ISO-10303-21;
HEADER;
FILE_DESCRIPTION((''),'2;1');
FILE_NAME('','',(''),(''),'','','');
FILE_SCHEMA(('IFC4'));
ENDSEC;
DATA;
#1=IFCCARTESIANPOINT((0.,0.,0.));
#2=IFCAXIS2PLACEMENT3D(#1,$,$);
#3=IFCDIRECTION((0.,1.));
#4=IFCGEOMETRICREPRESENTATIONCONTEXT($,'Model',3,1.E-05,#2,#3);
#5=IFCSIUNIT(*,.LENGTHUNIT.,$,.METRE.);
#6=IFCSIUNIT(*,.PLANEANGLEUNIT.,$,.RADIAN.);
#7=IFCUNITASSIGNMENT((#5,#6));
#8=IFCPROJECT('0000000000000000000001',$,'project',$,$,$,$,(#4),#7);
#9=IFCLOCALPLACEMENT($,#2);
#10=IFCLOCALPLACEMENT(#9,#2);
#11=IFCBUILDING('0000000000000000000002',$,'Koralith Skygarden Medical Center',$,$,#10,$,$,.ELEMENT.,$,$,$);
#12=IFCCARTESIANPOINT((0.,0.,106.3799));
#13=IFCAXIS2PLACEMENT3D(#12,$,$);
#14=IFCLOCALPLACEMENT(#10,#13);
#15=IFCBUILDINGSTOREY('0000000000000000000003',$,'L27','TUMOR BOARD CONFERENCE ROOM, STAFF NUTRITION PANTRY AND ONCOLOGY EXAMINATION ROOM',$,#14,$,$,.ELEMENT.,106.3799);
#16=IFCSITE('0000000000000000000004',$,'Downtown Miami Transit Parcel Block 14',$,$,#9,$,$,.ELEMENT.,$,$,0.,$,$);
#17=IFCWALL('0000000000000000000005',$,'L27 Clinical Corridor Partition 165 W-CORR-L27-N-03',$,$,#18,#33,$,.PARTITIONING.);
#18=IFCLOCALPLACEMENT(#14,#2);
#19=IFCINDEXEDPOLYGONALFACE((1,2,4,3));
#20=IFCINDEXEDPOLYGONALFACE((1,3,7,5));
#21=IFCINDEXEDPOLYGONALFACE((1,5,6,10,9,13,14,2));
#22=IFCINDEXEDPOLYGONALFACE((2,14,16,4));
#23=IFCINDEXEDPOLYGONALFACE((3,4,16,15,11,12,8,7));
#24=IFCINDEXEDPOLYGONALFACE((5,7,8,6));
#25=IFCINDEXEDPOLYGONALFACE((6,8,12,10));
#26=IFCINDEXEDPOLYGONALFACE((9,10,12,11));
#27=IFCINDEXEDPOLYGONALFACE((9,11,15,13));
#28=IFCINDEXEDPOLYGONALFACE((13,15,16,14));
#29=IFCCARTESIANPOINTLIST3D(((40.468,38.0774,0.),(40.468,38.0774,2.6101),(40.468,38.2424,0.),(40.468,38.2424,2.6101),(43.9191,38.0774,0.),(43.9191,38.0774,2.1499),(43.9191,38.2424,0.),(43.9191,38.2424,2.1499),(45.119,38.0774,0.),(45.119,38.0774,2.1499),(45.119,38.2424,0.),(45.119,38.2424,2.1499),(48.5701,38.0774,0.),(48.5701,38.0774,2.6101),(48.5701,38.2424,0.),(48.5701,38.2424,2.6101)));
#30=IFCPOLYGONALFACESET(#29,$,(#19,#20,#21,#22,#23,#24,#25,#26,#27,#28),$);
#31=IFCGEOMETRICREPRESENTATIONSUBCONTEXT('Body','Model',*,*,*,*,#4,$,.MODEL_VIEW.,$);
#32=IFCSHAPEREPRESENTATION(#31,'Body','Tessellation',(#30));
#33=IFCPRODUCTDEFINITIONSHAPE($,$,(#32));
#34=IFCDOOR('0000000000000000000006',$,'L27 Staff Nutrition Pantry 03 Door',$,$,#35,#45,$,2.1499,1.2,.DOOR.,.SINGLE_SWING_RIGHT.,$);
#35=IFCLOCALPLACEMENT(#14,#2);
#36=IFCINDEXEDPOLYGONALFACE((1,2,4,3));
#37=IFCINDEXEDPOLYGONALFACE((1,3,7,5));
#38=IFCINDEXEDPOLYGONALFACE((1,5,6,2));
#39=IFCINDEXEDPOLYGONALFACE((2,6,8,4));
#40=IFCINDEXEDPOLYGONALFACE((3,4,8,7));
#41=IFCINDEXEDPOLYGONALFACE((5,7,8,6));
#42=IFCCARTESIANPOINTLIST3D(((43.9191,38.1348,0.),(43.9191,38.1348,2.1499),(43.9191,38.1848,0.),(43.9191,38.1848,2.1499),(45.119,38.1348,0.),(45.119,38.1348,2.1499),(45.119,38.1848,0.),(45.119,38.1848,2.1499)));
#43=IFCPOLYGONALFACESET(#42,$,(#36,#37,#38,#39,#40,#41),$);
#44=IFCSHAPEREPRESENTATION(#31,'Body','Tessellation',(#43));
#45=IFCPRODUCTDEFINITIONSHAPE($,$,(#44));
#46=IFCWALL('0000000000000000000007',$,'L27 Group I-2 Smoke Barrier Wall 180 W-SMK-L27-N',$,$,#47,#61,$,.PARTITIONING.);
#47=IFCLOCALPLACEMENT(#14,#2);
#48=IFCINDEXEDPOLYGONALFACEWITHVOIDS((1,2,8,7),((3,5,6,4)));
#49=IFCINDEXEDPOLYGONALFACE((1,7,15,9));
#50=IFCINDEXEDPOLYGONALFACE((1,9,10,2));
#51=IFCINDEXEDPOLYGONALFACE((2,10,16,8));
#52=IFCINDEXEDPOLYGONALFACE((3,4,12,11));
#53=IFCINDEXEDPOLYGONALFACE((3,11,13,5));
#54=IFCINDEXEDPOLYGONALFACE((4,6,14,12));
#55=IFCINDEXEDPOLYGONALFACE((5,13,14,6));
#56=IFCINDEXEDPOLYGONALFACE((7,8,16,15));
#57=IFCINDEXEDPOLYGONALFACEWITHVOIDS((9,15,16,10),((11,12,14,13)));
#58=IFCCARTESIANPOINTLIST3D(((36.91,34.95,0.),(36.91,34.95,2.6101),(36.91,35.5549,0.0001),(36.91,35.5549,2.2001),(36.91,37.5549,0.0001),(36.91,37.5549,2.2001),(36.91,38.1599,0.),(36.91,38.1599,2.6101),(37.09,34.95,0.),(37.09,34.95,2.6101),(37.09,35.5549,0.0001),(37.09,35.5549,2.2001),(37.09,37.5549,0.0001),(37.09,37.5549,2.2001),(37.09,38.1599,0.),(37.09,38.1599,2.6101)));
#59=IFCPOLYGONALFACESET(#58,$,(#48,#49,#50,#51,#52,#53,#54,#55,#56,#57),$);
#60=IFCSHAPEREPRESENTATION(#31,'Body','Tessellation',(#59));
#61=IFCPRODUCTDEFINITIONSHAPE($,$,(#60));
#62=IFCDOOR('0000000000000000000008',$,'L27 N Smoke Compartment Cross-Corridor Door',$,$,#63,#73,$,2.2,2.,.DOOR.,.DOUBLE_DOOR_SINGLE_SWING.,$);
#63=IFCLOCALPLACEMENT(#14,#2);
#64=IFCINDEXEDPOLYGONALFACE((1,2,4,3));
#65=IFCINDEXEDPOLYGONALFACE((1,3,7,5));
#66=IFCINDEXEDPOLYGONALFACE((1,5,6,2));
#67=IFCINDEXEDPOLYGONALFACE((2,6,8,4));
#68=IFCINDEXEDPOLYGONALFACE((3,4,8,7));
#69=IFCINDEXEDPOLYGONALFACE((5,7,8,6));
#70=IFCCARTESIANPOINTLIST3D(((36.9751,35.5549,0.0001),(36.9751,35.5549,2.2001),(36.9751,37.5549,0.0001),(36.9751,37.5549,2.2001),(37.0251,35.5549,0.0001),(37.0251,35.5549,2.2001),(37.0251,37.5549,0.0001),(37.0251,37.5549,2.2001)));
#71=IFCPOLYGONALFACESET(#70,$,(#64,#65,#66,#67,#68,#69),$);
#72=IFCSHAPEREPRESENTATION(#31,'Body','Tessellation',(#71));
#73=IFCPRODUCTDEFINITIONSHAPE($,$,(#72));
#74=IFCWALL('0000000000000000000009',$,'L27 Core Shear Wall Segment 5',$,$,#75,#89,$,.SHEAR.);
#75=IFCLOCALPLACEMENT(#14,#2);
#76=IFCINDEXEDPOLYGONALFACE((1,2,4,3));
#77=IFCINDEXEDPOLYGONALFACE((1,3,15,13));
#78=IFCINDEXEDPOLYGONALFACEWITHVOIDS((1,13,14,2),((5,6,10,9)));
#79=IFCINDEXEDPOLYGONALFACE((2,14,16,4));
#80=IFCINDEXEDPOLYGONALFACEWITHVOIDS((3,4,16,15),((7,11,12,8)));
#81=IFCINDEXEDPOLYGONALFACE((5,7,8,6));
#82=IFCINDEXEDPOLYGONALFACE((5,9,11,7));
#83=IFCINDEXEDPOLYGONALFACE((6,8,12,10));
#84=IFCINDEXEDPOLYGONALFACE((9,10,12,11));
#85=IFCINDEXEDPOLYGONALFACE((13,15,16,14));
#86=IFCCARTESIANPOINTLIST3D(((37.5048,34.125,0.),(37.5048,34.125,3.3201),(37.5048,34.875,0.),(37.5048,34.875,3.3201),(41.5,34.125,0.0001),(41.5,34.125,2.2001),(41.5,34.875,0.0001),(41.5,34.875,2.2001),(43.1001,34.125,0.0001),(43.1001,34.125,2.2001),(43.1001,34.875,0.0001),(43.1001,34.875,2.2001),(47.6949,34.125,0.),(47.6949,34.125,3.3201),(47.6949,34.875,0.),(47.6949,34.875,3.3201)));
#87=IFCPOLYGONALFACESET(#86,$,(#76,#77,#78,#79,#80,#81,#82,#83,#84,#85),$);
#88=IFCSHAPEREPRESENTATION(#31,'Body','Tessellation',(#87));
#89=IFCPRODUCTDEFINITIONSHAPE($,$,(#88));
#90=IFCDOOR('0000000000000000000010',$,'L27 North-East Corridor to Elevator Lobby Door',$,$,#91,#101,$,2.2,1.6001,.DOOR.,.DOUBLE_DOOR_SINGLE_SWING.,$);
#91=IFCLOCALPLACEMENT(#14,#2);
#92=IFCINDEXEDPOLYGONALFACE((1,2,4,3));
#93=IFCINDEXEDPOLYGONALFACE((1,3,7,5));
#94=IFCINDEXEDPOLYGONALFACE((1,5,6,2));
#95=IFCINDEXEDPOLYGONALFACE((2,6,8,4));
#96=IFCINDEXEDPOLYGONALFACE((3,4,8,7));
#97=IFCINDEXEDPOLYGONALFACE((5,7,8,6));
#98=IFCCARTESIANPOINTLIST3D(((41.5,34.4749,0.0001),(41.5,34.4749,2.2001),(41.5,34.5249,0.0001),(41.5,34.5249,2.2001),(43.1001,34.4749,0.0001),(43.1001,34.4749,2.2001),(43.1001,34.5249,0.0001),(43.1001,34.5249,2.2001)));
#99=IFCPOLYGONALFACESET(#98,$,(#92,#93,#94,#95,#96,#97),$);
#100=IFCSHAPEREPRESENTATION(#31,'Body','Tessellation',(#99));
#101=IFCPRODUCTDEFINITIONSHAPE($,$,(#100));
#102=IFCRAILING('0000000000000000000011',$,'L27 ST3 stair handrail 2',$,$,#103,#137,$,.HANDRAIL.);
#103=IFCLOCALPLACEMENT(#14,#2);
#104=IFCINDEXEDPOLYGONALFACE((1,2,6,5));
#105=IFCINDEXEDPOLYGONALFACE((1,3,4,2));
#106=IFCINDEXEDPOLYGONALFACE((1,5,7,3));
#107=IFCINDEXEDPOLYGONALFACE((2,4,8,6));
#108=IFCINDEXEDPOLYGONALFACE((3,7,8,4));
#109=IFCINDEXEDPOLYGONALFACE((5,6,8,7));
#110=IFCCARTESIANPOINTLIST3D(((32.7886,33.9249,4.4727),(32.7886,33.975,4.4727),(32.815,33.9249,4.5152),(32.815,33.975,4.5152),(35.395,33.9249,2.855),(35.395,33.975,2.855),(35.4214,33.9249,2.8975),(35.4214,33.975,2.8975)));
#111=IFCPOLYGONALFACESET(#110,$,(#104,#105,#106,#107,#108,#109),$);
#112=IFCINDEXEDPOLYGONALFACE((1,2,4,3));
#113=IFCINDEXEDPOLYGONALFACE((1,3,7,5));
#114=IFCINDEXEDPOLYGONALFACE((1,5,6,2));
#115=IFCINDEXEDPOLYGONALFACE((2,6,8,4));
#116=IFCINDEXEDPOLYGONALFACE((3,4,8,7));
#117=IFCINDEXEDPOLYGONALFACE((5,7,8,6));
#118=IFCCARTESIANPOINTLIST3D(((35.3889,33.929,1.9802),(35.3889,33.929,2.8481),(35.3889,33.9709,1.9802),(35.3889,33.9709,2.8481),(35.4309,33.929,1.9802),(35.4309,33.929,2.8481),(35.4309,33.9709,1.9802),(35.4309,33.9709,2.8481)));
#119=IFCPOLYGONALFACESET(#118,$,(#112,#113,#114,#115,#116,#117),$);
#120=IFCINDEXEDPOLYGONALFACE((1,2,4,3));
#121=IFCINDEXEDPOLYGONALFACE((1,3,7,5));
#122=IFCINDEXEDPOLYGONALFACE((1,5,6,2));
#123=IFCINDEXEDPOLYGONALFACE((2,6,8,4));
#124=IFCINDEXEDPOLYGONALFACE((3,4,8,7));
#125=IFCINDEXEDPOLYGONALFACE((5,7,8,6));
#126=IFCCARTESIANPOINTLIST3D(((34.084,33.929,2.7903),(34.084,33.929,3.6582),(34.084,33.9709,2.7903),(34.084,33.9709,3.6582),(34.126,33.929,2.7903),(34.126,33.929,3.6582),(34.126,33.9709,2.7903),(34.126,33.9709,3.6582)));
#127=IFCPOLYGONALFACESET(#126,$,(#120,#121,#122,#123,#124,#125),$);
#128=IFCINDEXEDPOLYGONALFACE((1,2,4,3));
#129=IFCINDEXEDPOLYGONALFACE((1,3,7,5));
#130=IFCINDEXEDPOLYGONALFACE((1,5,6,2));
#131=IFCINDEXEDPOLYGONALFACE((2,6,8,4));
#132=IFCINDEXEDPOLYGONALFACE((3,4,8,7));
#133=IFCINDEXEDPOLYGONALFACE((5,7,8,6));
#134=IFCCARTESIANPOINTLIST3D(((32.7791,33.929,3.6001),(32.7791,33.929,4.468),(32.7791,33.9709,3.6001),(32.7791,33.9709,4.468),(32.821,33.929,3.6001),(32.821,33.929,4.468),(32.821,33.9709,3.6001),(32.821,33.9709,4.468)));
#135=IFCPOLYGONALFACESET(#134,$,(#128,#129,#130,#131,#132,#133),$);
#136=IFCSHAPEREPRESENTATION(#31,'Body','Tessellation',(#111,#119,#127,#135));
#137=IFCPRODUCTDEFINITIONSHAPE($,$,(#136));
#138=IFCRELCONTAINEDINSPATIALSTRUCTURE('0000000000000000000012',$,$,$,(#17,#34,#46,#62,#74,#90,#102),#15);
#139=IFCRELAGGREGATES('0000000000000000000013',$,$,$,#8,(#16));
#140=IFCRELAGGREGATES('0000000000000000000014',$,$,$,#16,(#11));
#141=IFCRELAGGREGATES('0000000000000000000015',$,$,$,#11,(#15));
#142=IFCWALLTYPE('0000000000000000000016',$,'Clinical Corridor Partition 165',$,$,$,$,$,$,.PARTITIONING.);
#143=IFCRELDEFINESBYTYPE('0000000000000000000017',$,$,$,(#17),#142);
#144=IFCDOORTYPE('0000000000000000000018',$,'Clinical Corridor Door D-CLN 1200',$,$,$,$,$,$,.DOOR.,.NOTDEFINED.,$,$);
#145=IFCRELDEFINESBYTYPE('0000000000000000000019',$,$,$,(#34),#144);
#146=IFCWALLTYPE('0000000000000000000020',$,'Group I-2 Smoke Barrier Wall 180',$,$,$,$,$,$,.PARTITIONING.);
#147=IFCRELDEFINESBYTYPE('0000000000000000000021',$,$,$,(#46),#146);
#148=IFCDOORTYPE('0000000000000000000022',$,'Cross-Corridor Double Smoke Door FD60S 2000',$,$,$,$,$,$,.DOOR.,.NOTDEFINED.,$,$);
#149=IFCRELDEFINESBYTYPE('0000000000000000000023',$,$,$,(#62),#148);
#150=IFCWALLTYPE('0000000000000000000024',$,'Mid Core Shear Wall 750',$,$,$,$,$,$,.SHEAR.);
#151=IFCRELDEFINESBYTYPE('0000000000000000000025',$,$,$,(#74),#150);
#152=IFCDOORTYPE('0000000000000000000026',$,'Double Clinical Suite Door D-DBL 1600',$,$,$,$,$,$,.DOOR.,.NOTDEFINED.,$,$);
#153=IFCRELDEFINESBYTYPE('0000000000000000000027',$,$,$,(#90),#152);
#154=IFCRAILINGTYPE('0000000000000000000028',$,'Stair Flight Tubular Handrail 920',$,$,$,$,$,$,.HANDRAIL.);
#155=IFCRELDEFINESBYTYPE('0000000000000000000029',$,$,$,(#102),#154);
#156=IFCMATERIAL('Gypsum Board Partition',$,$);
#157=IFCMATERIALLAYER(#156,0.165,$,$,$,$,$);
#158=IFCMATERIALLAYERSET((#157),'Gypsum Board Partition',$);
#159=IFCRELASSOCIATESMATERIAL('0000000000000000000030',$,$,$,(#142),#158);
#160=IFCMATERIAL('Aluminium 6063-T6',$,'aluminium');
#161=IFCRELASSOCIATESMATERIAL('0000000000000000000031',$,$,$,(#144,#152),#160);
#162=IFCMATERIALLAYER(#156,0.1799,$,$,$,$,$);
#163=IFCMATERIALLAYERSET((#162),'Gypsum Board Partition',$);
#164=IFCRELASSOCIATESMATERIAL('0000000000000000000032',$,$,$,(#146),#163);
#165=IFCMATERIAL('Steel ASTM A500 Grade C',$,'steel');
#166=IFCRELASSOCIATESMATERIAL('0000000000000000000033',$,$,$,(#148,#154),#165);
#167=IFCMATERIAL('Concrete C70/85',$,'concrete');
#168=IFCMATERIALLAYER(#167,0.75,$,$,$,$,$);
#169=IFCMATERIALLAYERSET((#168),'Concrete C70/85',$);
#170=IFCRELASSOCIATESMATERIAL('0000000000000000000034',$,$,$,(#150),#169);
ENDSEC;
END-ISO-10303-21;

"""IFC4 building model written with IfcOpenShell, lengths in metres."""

from ifc_helpers import new_model, si_unit, direction, frame, frame_2d, origin, origin_2d, place, context, subcontext, project, spatial, rectangle, extrude, material, layer, layer_set, type_object, element, fill, save


model = new_model("IFC4")

# Units and contexts
model_context = context("Model", 3, precision=1e-05, world=origin(), true_north=direction((0.0, 1.0)))
body_context = subcontext(model_context, "Body", "Model", "MODEL_VIEW")
ifc_project = project(units=[si_unit("LENGTHUNIT", "METRE"), si_unit("PLANEANGLEUNIT", "RADIAN")], contexts=[model_context])

# Site, building, storey
site_placement = place(None, origin())
site = spatial("IfcSite", under=ifc_project, at=site_placement, Name="Downtown Miami Transit Parcel Block 14", CompositionType="ELEMENT", RefElevation=0.0)
building_placement = place(site_placement, origin())
building = spatial("IfcBuilding", under=site, at=building_placement, Name="Koralith Skygarden Medical Center", CompositionType="ELEMENT")
storey_placement = place(building_placement, frame((0.0, 0.0, 106.3799)))
storey = spatial("IfcBuildingStorey", under=building, at=storey_placement, Name="L27", Description="TUMOR BOARD CONFERENCE ROOM, STAFF NUTRITION PANTRY AND ONCOLOGY EXAMINATION ROOM", CompositionType="ELEMENT", Elevation=106.3799)

# Shared definitions
ifc_material_1 = material(Name="Concrete C70/85", Category="concrete")

# Shared definitions
ifc_material_2 = material(Name="Aluminium 6063-T6", Category="aluminium")

# Shared definitions
ifc_material_3 = material(Name="Gypsum Board Partition")
ifc_layer_1 = layer(ifc_material_3, 0.165)
ifc_layer_set_1 = layer_set([ifc_layer_1], Name="Gypsum Board Partition")
wall_type_1 = type_object("IfcWallType", Name="Clinical Corridor Partition 165", PredefinedType="PARTITIONING", material=ifc_layer_set_1)

# Walls, openings, doors
wall_1_placement = place(storey_placement, frame((40.468, 38.1599, 0.0), z_axis=(0.0, 0.0, 1.0), x_axis=(1.0, 0.0, 0.0)))
wall_1 = element("IfcWall", 1, at=wall_1_placement, inside=storey, type_object=wall_type_1, Name="L27 Clinical Corridor Partition 165 W-CORR-L27-N-03", PredefinedType="PARTITIONING", context=body_context, shape_type="SweptSolid", body=[
    extrude(rectangle(XDim=8.1021, YDim=0.165, at=frame_2d((4.051, 0.0))), origin(), (0.0, 0.0, 1.0), 2.6101),
])
opening_1_placement = place(wall_1_placement, frame((3.4509, 0.0, 0.0)))
opening_1 = element("IfcOpeningElement", 2, at=opening_1_placement, cuts=wall_1, PredefinedType="OPENING", context=body_context, shape_type="SweptSolid", body=[
    extrude(rectangle(XDim=1.2, YDim=2.1499, at=frame_2d((0.6001, 1.075))), frame((0.0, 0.0925, 0.0), z_axis=(0.0, -1.0, 0.0), x_axis=(1.0, 0.0, 0.0)), (0.0, 0.0, 1.0), 0.1851),
])
door_type_1 = type_object("IfcDoorType", Name="Clinical Corridor Door D-CLN 1200", OperationType="NOTDEFINED", PredefinedType="DOOR", material=ifc_material_2)
door_1_placement = place(opening_1_placement, origin())
door_1 = element("IfcDoor", 3, at=door_1_placement, inside=storey, type_object=door_type_1, Name="L27 Staff Nutrition Pantry 03 Door", OperationType="SINGLE_SWING_RIGHT", OverallHeight=2.1499, OverallWidth=1.2, PredefinedType="DOOR", context=body_context, shape_type="SweptSolid", body=[
    extrude(rectangle(XDim=1.2, YDim=2.1499, at=frame_2d((0.6001, 1.075))), frame((0.0, 0.0249, 0.0), z_axis=(0.0, -1.0, 0.0), x_axis=(1.0, 0.0, 0.0)), (0.0, 0.0, 1.0), 0.05),
])
fill(opening_1, door_1)
ifc_layer_2 = layer(ifc_material_3, 0.1799)
ifc_layer_set_2 = layer_set([ifc_layer_2], Name="Gypsum Board Partition")
wall_type_2 = type_object("IfcWallType", Name="Group I-2 Smoke Barrier Wall 180", PredefinedType="PARTITIONING", material=ifc_layer_set_2)
wall_2_placement = place(storey_placement, frame((37.0, 34.95, 0.0), z_axis=(0.0, 0.0, 1.0), x_axis=(0.0, 1.0, 0.0)))
wall_2 = element("IfcWall", 4, at=wall_2_placement, inside=storey, type_object=wall_type_2, Name="L27 Group I-2 Smoke Barrier Wall 180 W-SMK-L27-N", PredefinedType="PARTITIONING", context=body_context, shape_type="SweptSolid", body=[
    extrude(rectangle(XDim=3.21, YDim=0.1799, at=frame_2d((1.605, 0.0))), origin(), (0.0, 0.0, 1.0), 2.6101),
])
opening_2_placement = place(wall_2_placement, frame((0.605, 0.0, 0.0)))
opening_2 = element("IfcOpeningElement", 5, at=opening_2_placement, cuts=wall_2, PredefinedType="OPENING", context=body_context, shape_type="SweptSolid", body=[
    extrude(rectangle(XDim=2.0, YDim=2.2, at=frame_2d((1.0, 1.1001))), frame((0.0, 0.0999, 0.0), z_axis=(0.0, -1.0, 0.0), x_axis=(1.0, 0.0, 0.0)), (0.0, 0.0, 1.0), 0.2),
])
ifc_material_4 = material(Name="Steel ASTM A500 Grade C", Category="steel")
door_type_2 = type_object("IfcDoorType", Name="Cross-Corridor Double Smoke Door FD60S 2000", OperationType="NOTDEFINED", PredefinedType="DOOR", material=ifc_material_4)
door_2_placement = place(opening_2_placement, origin())
door_2 = element("IfcDoor", 6, at=door_2_placement, inside=storey, type_object=door_type_2, Name="L27 N Smoke Compartment Cross-Corridor Door", OperationType="DOUBLE_DOOR_SINGLE_SWING", OverallHeight=2.2, OverallWidth=2.0, PredefinedType="DOOR", context=body_context, shape_type="SweptSolid", body=[
    extrude(rectangle(XDim=2.0, YDim=2.2, at=frame_2d((1.0, 1.1001))), frame((0.0, 0.0249, 0.0), z_axis=(0.0, -1.0, 0.0), x_axis=(1.0, 0.0, 0.0)), (0.0, 0.0, 1.0), 0.05),
])
fill(opening_2, door_2)
ifc_layer_3 = layer(ifc_material_1, 0.75)
ifc_layer_set_3 = layer_set([ifc_layer_3], Name="Concrete C70/85")
wall_type_3 = type_object("IfcWallType", Name="Mid Core Shear Wall 750", PredefinedType="SHEAR", material=ifc_layer_set_3)
wall_3_placement = place(storey_placement, frame((47.6951, 34.5, 0.0), z_axis=(0.0, 0.0, 1.0), x_axis=(-1.0, 0.0, 0.0)))
wall_3 = element("IfcWall", 7, at=wall_3_placement, inside=storey, type_object=wall_type_3, Name="L27 Core Shear Wall Segment 5", PredefinedType="SHEAR", context=body_context, shape_type="SweptSolid", body=[
    extrude(rectangle(XDim=10.1902, YDim=0.75, at=frame_2d((5.0952, 0.0))), origin(), (0.0, 0.0, 1.0), 3.3201),
])
opening_3_placement = place(wall_3_placement, frame((4.595, 0.0, 0.0)))
opening_3 = element("IfcOpeningElement", 8, at=opening_3_placement, cuts=wall_3, PredefinedType="OPENING", context=body_context, shape_type="SweptSolid", body=[
    extrude(rectangle(XDim=1.6001, YDim=2.2, at=frame_2d((0.8, 1.1001))), frame((0.0, 0.385, 0.0), z_axis=(0.0, -1.0, 0.0), x_axis=(1.0, 0.0, 0.0)), (0.0, 0.0, 1.0), 0.77),
])
door_type_3 = type_object("IfcDoorType", Name="Double Clinical Suite Door D-DBL 1600", OperationType="NOTDEFINED", PredefinedType="DOOR", material=ifc_material_2)
door_3_placement = place(opening_3_placement, frame((1.6001, 0.0, 0.0), z_axis=(0.0, 0.0, 1.0), x_axis=(-1.0, 0.0, 0.0)))
door_3 = element("IfcDoor", 9, at=door_3_placement, inside=storey, type_object=door_type_3, Name="L27 North-East Corridor to Elevator Lobby Door", OperationType="DOUBLE_DOOR_SINGLE_SWING", OverallHeight=2.2, OverallWidth=1.6001, PredefinedType="DOOR", context=body_context, shape_type="SweptSolid", body=[
    extrude(rectangle(XDim=1.6001, YDim=2.2, at=frame_2d((0.8, 1.1001))), frame((0.0, 0.0249, 0.0), z_axis=(0.0, -1.0, 0.0), x_axis=(1.0, 0.0, 0.0)), (0.0, 0.0, 1.0), 0.05),
])
fill(opening_3, door_3)

# Railing
railing_type = type_object("IfcRailingType", Name="Stair Flight Tubular Handrail 920", PredefinedType="HANDRAIL", material=ifc_material_4)
railing_placement = place(storey_placement, frame((35.4099, 33.95, 1.9802)))
element("IfcRailing", 10, at=railing_placement, inside=storey, type_object=railing_type, Name="L27 ST3 stair handrail 2", PredefinedType="HANDRAIL", context=body_context, shape_type="SweptSolid", body=[
    extrude(rectangle(XDim=0.05, YDim=0.05, at=origin_2d()), frame((-0.0017, 0.0, 0.896), z_axis=(-0.849646, 0.0, 0.527353), x_axis=(0.0, -1.0, 0.0)), (0.0, 0.0, 1.0), 3.0676),
    extrude(rectangle(XDim=0.042, YDim=0.042, at=origin_2d()), origin(), (0.0, 0.0, 1.0), 0.8679),
    extrude(rectangle(XDim=0.042, YDim=0.042, at=origin_2d()), frame((-1.3049, 0.0, 0.8101)), (0.0, 0.0, 1.0), 0.8679),
    extrude(rectangle(XDim=0.042, YDim=0.042, at=origin_2d()), frame((-2.6099, 0.0, 1.6199)), (0.0, 0.0, 1.0), 0.8679),
])

save(model, "model.ifc")
